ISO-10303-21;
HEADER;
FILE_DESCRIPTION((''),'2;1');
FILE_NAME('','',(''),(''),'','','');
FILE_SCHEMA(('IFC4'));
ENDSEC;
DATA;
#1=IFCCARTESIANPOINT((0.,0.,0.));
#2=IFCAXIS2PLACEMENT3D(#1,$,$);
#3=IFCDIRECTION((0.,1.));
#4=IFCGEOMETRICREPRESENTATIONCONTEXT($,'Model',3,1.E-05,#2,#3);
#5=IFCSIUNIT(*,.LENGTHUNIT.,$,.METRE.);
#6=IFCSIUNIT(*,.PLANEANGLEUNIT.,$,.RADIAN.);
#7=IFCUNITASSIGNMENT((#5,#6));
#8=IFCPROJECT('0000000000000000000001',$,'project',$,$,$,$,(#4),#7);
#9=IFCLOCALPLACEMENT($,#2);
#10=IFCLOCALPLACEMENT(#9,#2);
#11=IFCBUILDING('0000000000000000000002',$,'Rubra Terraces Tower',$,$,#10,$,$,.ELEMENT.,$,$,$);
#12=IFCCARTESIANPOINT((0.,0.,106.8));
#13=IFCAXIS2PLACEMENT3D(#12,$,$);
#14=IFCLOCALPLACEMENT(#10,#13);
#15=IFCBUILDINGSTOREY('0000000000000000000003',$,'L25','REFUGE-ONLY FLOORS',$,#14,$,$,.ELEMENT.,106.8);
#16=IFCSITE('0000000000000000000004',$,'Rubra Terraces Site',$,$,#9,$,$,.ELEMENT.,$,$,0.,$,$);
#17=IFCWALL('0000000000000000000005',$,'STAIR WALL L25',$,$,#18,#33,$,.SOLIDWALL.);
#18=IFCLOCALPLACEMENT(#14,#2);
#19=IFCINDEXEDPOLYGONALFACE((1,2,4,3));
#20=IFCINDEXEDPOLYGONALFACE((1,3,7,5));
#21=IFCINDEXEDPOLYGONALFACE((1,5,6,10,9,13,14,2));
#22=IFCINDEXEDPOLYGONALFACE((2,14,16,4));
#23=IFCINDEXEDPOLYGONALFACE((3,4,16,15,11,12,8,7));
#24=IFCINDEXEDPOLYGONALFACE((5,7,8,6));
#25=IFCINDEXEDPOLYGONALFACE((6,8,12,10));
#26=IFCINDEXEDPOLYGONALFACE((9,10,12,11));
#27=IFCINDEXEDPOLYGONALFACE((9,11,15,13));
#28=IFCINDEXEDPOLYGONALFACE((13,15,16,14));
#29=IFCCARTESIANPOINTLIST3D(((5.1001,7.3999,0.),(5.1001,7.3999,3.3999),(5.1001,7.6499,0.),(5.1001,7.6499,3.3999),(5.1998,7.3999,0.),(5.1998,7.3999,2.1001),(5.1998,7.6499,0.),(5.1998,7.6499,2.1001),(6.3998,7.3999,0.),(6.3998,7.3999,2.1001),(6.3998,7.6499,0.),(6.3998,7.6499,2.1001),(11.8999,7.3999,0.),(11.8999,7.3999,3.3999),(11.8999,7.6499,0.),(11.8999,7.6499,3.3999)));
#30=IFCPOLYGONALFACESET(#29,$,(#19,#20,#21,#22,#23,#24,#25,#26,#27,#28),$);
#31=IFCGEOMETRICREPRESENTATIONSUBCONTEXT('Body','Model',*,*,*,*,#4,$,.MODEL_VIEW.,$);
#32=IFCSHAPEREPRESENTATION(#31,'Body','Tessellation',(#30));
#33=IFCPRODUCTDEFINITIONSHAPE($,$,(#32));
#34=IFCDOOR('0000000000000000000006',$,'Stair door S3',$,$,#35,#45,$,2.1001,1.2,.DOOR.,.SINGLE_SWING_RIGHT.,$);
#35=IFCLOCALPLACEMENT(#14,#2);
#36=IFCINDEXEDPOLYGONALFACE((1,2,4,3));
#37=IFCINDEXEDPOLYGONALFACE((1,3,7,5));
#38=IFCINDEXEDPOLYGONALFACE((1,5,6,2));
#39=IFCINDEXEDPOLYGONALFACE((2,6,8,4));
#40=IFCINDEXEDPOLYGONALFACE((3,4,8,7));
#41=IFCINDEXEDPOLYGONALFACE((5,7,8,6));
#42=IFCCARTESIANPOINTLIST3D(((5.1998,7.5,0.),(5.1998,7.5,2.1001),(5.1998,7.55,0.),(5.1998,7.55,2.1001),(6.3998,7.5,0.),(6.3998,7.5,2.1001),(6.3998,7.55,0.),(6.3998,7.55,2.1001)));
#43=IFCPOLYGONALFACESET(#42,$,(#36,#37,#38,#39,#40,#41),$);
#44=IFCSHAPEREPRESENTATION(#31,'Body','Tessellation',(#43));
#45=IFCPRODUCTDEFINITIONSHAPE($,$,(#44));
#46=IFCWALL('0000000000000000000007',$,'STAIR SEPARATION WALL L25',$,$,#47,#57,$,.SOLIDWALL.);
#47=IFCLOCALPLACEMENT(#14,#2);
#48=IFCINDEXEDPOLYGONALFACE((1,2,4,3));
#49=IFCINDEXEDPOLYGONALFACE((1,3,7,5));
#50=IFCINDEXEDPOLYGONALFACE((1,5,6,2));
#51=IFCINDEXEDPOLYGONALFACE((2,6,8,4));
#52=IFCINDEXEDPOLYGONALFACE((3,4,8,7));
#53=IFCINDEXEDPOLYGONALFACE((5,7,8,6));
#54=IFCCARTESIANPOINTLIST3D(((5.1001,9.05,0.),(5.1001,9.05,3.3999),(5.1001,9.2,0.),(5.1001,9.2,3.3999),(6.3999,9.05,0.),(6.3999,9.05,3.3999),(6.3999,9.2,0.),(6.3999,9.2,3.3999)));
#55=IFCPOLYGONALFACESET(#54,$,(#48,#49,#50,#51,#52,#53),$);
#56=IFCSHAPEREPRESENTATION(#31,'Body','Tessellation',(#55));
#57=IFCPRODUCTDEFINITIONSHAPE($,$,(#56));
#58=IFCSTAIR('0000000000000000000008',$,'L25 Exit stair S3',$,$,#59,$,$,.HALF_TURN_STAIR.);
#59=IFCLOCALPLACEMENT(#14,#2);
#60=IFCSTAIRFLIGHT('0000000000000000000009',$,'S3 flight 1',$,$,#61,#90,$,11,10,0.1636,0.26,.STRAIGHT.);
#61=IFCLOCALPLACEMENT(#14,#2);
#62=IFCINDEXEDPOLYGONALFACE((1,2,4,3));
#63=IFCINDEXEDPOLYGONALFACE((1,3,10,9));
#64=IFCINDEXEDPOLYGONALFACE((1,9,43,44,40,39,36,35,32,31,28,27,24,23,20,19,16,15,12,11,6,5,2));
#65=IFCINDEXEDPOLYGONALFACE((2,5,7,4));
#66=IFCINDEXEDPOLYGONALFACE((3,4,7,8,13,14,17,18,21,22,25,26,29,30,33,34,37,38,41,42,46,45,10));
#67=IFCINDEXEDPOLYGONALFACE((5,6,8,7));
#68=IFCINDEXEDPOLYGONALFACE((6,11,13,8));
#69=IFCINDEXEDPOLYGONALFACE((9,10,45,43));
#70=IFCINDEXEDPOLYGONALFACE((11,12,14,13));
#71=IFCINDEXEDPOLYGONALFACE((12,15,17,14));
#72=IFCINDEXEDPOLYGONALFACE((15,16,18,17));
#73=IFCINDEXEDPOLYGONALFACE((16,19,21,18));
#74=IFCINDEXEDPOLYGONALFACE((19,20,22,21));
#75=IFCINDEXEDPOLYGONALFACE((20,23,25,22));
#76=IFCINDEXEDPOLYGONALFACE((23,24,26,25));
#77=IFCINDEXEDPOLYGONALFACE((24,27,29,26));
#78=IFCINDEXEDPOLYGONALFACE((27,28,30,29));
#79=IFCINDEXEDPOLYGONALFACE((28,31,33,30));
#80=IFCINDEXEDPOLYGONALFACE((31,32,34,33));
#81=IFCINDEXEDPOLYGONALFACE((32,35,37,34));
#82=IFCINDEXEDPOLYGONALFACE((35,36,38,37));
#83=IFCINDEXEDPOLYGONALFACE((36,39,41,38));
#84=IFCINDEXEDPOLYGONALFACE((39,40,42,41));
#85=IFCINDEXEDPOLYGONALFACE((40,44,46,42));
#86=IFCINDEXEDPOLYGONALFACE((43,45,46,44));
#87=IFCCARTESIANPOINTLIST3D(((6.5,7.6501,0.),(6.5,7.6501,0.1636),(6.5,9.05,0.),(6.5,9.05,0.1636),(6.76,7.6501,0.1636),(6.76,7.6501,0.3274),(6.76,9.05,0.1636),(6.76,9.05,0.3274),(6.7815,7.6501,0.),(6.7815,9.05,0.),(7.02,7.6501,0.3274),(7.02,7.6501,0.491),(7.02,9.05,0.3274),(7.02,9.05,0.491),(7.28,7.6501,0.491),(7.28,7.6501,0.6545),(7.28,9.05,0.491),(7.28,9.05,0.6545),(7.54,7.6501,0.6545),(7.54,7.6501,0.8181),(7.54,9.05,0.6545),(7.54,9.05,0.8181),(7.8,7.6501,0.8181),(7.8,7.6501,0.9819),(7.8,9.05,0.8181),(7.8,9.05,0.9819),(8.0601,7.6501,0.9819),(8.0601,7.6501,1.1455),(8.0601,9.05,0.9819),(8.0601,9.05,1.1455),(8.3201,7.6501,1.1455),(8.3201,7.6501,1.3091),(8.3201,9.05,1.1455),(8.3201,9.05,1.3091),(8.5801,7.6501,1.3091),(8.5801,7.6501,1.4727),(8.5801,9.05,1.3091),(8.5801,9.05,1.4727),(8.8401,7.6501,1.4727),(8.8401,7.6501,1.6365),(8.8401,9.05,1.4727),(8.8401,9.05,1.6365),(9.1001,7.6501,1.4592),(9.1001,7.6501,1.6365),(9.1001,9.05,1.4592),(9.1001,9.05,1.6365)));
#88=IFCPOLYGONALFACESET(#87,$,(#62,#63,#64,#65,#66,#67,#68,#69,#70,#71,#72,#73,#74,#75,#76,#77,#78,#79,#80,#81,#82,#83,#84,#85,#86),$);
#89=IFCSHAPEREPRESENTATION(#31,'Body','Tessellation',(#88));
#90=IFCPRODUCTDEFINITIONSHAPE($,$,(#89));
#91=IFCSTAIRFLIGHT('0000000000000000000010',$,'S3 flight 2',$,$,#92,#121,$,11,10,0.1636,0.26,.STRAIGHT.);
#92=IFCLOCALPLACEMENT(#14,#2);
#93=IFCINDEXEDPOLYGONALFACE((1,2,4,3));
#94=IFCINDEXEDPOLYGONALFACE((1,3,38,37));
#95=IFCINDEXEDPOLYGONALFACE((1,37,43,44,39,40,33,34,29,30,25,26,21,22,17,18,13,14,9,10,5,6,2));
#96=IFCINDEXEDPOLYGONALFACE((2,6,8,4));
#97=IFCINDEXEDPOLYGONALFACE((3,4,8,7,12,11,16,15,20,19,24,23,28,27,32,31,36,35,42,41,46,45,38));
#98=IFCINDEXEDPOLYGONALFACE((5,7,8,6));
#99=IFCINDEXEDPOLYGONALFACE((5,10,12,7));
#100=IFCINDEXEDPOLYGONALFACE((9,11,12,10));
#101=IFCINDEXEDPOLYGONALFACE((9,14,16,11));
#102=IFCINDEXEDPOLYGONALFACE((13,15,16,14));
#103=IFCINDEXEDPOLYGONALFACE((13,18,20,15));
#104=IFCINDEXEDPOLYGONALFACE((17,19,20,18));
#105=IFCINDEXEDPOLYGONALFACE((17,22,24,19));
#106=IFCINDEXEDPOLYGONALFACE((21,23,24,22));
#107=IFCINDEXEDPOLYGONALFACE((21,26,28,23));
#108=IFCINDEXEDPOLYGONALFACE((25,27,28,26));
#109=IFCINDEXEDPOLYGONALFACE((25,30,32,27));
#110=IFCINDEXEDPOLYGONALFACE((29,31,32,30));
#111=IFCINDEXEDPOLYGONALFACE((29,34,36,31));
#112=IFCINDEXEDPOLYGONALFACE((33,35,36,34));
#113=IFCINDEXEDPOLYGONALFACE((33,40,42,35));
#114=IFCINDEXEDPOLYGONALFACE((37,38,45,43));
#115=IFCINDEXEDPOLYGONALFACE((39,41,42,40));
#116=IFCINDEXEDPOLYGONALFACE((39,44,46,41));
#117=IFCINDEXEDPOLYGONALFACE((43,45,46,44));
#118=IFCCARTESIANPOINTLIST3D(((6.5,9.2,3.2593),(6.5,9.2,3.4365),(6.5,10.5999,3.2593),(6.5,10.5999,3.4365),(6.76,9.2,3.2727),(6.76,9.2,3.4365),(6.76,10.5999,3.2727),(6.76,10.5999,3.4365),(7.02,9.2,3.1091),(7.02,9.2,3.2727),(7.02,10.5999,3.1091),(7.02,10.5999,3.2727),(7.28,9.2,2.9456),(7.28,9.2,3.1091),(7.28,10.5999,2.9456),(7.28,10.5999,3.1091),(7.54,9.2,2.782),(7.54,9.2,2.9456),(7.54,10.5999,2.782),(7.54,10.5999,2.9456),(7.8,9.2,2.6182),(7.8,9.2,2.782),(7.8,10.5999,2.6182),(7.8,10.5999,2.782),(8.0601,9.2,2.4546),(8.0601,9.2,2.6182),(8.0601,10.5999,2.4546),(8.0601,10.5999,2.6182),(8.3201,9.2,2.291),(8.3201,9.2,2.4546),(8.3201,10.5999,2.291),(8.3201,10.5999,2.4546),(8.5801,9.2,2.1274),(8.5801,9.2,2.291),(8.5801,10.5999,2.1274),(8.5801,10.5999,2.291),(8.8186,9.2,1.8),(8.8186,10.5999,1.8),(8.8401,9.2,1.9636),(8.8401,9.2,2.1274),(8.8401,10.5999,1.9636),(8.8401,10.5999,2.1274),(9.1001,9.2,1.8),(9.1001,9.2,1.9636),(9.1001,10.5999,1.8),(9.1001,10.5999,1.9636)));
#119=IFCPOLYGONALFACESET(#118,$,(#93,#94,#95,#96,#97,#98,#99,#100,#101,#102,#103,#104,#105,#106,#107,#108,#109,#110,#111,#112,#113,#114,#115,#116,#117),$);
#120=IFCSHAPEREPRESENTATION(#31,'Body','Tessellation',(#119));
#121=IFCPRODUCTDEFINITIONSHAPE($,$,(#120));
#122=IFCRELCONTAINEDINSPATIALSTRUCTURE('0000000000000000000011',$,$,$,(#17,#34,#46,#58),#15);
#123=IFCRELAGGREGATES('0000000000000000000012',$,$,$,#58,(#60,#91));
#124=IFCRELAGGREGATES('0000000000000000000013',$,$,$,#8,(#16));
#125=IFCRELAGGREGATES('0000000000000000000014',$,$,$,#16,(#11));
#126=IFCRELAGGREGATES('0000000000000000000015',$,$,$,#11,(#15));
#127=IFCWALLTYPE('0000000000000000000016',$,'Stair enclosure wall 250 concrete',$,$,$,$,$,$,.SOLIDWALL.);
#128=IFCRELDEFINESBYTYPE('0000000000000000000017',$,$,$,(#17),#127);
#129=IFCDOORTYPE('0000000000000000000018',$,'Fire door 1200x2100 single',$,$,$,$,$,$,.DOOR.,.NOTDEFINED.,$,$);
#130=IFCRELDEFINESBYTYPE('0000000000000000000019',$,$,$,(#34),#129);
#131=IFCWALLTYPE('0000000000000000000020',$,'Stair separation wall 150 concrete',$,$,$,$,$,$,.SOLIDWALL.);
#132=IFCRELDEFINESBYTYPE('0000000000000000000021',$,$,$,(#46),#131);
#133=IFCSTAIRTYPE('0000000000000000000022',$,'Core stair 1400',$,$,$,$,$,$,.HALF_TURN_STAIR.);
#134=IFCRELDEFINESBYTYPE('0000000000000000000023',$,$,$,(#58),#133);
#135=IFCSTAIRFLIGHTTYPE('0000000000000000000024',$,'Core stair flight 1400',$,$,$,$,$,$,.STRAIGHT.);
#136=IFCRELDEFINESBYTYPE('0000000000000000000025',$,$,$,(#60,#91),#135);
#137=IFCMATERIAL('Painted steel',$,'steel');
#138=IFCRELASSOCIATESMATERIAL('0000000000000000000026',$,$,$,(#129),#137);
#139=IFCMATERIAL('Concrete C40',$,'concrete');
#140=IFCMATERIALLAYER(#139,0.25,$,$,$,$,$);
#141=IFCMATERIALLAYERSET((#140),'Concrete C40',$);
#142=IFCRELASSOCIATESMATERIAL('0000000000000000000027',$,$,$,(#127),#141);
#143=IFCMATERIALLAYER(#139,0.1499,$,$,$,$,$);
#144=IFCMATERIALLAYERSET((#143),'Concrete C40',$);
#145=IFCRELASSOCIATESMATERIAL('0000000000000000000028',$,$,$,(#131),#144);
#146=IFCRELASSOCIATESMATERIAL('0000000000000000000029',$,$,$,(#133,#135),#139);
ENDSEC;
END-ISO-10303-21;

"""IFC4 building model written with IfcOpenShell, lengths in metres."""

from ifc_helpers import new_model, si_unit, direction, frame, frame_2d, origin, place, context, subcontext, project, spatial, polyline, rectangle, outline, extrude, material, layer, layer_set, type_object, element, fill, aggregate, save


model = new_model("IFC4")

# Units and contexts
model_context = context("Model", 3, precision=1e-05, world=origin(), true_north=direction((0.0, 1.0)))
body_context = subcontext(model_context, "Body", "Model", "MODEL_VIEW")
ifc_project = project(units=[si_unit("LENGTHUNIT", "METRE"), si_unit("PLANEANGLEUNIT", "RADIAN")], contexts=[model_context])

# Site, building, storey
site_placement = place(None, origin())
site = spatial("IfcSite", under=ifc_project, at=site_placement, Name="Rubra Terraces Site", CompositionType="ELEMENT", RefElevation=0.0)
building_placement = place(site_placement, origin())
building = spatial("IfcBuilding", under=site, at=building_placement, Name="Rubra Terraces Tower", CompositionType="ELEMENT")
storey_placement = place(building_placement, frame((0.0, 0.0, 106.8)))
storey = spatial("IfcBuildingStorey", under=building, at=storey_placement, Name="L25", Description="REFUGE-ONLY FLOORS", CompositionType="ELEMENT", Elevation=106.8)

# Shared definitions
ifc_material_1 = material(Name="Concrete C40", Category="concrete")

# Shared definitions
ifc_material_2 = material(Name="Painted steel", Category="steel")
door_type_1 = type_object("IfcDoorType", Name="Fire door 1200x2100 single", OperationType="NOTDEFINED", PredefinedType="DOOR", material=ifc_material_2)

# Wall, opening, door
ifc_layer_1 = layer(ifc_material_1, 0.25)
ifc_layer_set_1 = layer_set([ifc_layer_1], Name="Concrete C40")
wall_type_1 = type_object("IfcWallType", Name="Stair enclosure wall 250 concrete", PredefinedType="SOLIDWALL", material=ifc_layer_set_1)
wall_1_placement = place(storey_placement, frame((11.8999, 7.5249, 0.0), z_axis=(0.0, 0.0, 1.0), x_axis=(-1.0, 0.0, 0.0)))
wall_1 = element("IfcWall", 1, at=wall_1_placement, inside=storey, type_object=wall_type_1, Name="STAIR WALL L25", PredefinedType="SOLIDWALL", context=body_context, shape_type="SweptSolid", body=[
    extrude(rectangle(XDim=6.7998, YDim=0.25, at=frame_2d((3.3999, 0.0))), origin(), (0.0, 0.0, 1.0), 3.3999),
])
opening_1_placement = place(wall_1_placement, frame((5.5, 0.0, 0.0)))
opening_1 = element("IfcOpeningElement", 2, at=opening_1_placement, cuts=wall_1, PredefinedType="OPENING", context=body_context, shape_type="SweptSolid", body=[
    extrude(rectangle(XDim=1.2, YDim=2.1001, at=frame_2d((0.6001, 1.05))), frame((0.0, 0.135, 0.0), z_axis=(0.0, -1.0, 0.0), x_axis=(1.0, 0.0, 0.0)), (0.0, 0.0, 1.0), 0.27),
])
door_1_placement = place(opening_1_placement, origin())
door_1 = element("IfcDoor", 3, at=door_1_placement, inside=storey, type_object=door_type_1, Name="Stair door S3", OperationType="SINGLE_SWING_RIGHT", OverallHeight=2.1001, OverallWidth=1.2, PredefinedType="DOOR", context=body_context, shape_type="SweptSolid", body=[
    extrude(rectangle(XDim=1.2, YDim=2.1001, at=frame_2d((0.6001, 1.05))), frame((0.0, 0.0249, 0.0), z_axis=(0.0, -1.0, 0.0), x_axis=(1.0, 0.0, 0.0)), (0.0, 0.0, 1.0), 0.05),
])
fill(opening_1, door_1)

# Wall
ifc_layer_2 = layer(ifc_material_1, 0.1499)
ifc_layer_set_2 = layer_set([ifc_layer_2], Name="Concrete C40")
wall_type_2 = type_object("IfcWallType", Name="Stair separation wall 150 concrete", PredefinedType="SOLIDWALL", material=ifc_layer_set_2)
wall_2_placement = place(storey_placement, frame((6.3999, 9.125, 0.0), z_axis=(0.0, 0.0, 1.0), x_axis=(-1.0, 0.0, 0.0)))
element("IfcWall", 4, at=wall_2_placement, inside=storey, type_object=wall_type_2, Name="STAIR SEPARATION WALL L25", PredefinedType="SOLIDWALL", context=body_context, shape_type="SweptSolid", body=[
    extrude(rectangle(XDim=1.2998, YDim=0.1499, at=frame_2d((0.6499, 0.0))), origin(), (0.0, 0.0, 1.0), 3.3999),
])

# Stair, stair flights
stair_type = type_object("IfcStairType", Name="Core stair 1400", PredefinedType="HALF_TURN_STAIR", material=ifc_material_1)
stair_placement = place(storey_placement, origin())
stair = element("IfcStair", 5, at=stair_placement, inside=storey, type_object=stair_type, Name="L25 Exit stair S3", PredefinedType="HALF_TURN_STAIR")
stair_flight_type = type_object("IfcStairFlightType", Name="Core stair flight 1400", PredefinedType="STRAIGHT", material=ifc_material_1)
stair_flight_1_placement = place(storey_placement, frame((6.5, 8.3501, 0.0), z_axis=(0.0, 0.0, 1.0), x_axis=(1.0, 0.0, 0.0)))
stair_flight_1 = element("IfcStairFlight", 6, at=stair_flight_1_placement, type_object=stair_flight_type, Name="S3 flight 1", NumberOfRisers=11, NumberOfTreads=10, PredefinedType="STRAIGHT", RiserHeight=0.1636, TreadLength=0.26, context=body_context, shape_type="SweptSolid", body=[
    extrude(outline(polyline([(0.0, 0.0), (0.0, 0.1636), (0.26, 0.1636), (0.26, 0.3274), (0.52, 0.3274), (0.52, 0.491), (0.78, 0.491), (0.78, 0.6545), (1.04, 0.6545), (1.04, 0.8181), (1.3, 0.8181), (1.3, 0.9819), (1.5601, 0.9819), (1.5601, 1.1455), (1.8201, 1.1455), (1.8201, 1.3091), (2.0801, 1.3091), (2.0801, 1.4727), (2.3401, 1.4727), (2.3401, 1.6365), (2.6001, 1.6365), (2.6001, 1.8), (2.6001, 1.4592), (0.2815, 0.0), (0.0, 0.0)])), frame((0.0, 0.7, 0.0), z_axis=(0.0, -1.0, 0.0), x_axis=(1.0, 0.0, 0.0)), (0.0, 0.0, 1.0), 1.3999),
])
stair_flight_2_placement = place(storey_placement, frame((9.1001, 9.8999, 1.8), z_axis=(0.0, 0.0, 1.0), x_axis=(-1.0, 0.0, 0.0)))
stair_flight_2 = element("IfcStairFlight", 7, at=stair_flight_2_placement, type_object=stair_flight_type, Name="S3 flight 2", NumberOfRisers=11, NumberOfTreads=10, PredefinedType="STRAIGHT", RiserHeight=0.1636, TreadLength=0.26, context=body_context, shape_type="SweptSolid", body=[
    extrude(outline(polyline([(0.0, 0.0), (0.0, 0.1636), (0.26, 0.1636), (0.26, 0.3274), (0.52, 0.3274), (0.52, 0.491), (0.78, 0.491), (0.78, 0.6545), (1.04, 0.6545), (1.04, 0.8181), (1.3, 0.8181), (1.3, 0.9819), (1.5601, 0.9819), (1.5601, 1.1455), (1.8201, 1.1455), (1.8201, 1.3091), (2.0801, 1.3091), (2.0801, 1.4727), (2.3401, 1.4727), (2.3401, 1.6365), (2.6001, 1.6365), (2.6001, 1.8), (2.6001, 1.4592), (0.2815, 0.0), (0.0, 0.0)])), frame((0.0, 0.7, 0.0), z_axis=(0.0, -1.0, 0.0), x_axis=(1.0, 0.0, 0.0)), (0.0, 0.0, 1.0), 1.3999),
])
aggregate(stair, [stair_flight_1, stair_flight_2])

save(model, "model.ifc")
